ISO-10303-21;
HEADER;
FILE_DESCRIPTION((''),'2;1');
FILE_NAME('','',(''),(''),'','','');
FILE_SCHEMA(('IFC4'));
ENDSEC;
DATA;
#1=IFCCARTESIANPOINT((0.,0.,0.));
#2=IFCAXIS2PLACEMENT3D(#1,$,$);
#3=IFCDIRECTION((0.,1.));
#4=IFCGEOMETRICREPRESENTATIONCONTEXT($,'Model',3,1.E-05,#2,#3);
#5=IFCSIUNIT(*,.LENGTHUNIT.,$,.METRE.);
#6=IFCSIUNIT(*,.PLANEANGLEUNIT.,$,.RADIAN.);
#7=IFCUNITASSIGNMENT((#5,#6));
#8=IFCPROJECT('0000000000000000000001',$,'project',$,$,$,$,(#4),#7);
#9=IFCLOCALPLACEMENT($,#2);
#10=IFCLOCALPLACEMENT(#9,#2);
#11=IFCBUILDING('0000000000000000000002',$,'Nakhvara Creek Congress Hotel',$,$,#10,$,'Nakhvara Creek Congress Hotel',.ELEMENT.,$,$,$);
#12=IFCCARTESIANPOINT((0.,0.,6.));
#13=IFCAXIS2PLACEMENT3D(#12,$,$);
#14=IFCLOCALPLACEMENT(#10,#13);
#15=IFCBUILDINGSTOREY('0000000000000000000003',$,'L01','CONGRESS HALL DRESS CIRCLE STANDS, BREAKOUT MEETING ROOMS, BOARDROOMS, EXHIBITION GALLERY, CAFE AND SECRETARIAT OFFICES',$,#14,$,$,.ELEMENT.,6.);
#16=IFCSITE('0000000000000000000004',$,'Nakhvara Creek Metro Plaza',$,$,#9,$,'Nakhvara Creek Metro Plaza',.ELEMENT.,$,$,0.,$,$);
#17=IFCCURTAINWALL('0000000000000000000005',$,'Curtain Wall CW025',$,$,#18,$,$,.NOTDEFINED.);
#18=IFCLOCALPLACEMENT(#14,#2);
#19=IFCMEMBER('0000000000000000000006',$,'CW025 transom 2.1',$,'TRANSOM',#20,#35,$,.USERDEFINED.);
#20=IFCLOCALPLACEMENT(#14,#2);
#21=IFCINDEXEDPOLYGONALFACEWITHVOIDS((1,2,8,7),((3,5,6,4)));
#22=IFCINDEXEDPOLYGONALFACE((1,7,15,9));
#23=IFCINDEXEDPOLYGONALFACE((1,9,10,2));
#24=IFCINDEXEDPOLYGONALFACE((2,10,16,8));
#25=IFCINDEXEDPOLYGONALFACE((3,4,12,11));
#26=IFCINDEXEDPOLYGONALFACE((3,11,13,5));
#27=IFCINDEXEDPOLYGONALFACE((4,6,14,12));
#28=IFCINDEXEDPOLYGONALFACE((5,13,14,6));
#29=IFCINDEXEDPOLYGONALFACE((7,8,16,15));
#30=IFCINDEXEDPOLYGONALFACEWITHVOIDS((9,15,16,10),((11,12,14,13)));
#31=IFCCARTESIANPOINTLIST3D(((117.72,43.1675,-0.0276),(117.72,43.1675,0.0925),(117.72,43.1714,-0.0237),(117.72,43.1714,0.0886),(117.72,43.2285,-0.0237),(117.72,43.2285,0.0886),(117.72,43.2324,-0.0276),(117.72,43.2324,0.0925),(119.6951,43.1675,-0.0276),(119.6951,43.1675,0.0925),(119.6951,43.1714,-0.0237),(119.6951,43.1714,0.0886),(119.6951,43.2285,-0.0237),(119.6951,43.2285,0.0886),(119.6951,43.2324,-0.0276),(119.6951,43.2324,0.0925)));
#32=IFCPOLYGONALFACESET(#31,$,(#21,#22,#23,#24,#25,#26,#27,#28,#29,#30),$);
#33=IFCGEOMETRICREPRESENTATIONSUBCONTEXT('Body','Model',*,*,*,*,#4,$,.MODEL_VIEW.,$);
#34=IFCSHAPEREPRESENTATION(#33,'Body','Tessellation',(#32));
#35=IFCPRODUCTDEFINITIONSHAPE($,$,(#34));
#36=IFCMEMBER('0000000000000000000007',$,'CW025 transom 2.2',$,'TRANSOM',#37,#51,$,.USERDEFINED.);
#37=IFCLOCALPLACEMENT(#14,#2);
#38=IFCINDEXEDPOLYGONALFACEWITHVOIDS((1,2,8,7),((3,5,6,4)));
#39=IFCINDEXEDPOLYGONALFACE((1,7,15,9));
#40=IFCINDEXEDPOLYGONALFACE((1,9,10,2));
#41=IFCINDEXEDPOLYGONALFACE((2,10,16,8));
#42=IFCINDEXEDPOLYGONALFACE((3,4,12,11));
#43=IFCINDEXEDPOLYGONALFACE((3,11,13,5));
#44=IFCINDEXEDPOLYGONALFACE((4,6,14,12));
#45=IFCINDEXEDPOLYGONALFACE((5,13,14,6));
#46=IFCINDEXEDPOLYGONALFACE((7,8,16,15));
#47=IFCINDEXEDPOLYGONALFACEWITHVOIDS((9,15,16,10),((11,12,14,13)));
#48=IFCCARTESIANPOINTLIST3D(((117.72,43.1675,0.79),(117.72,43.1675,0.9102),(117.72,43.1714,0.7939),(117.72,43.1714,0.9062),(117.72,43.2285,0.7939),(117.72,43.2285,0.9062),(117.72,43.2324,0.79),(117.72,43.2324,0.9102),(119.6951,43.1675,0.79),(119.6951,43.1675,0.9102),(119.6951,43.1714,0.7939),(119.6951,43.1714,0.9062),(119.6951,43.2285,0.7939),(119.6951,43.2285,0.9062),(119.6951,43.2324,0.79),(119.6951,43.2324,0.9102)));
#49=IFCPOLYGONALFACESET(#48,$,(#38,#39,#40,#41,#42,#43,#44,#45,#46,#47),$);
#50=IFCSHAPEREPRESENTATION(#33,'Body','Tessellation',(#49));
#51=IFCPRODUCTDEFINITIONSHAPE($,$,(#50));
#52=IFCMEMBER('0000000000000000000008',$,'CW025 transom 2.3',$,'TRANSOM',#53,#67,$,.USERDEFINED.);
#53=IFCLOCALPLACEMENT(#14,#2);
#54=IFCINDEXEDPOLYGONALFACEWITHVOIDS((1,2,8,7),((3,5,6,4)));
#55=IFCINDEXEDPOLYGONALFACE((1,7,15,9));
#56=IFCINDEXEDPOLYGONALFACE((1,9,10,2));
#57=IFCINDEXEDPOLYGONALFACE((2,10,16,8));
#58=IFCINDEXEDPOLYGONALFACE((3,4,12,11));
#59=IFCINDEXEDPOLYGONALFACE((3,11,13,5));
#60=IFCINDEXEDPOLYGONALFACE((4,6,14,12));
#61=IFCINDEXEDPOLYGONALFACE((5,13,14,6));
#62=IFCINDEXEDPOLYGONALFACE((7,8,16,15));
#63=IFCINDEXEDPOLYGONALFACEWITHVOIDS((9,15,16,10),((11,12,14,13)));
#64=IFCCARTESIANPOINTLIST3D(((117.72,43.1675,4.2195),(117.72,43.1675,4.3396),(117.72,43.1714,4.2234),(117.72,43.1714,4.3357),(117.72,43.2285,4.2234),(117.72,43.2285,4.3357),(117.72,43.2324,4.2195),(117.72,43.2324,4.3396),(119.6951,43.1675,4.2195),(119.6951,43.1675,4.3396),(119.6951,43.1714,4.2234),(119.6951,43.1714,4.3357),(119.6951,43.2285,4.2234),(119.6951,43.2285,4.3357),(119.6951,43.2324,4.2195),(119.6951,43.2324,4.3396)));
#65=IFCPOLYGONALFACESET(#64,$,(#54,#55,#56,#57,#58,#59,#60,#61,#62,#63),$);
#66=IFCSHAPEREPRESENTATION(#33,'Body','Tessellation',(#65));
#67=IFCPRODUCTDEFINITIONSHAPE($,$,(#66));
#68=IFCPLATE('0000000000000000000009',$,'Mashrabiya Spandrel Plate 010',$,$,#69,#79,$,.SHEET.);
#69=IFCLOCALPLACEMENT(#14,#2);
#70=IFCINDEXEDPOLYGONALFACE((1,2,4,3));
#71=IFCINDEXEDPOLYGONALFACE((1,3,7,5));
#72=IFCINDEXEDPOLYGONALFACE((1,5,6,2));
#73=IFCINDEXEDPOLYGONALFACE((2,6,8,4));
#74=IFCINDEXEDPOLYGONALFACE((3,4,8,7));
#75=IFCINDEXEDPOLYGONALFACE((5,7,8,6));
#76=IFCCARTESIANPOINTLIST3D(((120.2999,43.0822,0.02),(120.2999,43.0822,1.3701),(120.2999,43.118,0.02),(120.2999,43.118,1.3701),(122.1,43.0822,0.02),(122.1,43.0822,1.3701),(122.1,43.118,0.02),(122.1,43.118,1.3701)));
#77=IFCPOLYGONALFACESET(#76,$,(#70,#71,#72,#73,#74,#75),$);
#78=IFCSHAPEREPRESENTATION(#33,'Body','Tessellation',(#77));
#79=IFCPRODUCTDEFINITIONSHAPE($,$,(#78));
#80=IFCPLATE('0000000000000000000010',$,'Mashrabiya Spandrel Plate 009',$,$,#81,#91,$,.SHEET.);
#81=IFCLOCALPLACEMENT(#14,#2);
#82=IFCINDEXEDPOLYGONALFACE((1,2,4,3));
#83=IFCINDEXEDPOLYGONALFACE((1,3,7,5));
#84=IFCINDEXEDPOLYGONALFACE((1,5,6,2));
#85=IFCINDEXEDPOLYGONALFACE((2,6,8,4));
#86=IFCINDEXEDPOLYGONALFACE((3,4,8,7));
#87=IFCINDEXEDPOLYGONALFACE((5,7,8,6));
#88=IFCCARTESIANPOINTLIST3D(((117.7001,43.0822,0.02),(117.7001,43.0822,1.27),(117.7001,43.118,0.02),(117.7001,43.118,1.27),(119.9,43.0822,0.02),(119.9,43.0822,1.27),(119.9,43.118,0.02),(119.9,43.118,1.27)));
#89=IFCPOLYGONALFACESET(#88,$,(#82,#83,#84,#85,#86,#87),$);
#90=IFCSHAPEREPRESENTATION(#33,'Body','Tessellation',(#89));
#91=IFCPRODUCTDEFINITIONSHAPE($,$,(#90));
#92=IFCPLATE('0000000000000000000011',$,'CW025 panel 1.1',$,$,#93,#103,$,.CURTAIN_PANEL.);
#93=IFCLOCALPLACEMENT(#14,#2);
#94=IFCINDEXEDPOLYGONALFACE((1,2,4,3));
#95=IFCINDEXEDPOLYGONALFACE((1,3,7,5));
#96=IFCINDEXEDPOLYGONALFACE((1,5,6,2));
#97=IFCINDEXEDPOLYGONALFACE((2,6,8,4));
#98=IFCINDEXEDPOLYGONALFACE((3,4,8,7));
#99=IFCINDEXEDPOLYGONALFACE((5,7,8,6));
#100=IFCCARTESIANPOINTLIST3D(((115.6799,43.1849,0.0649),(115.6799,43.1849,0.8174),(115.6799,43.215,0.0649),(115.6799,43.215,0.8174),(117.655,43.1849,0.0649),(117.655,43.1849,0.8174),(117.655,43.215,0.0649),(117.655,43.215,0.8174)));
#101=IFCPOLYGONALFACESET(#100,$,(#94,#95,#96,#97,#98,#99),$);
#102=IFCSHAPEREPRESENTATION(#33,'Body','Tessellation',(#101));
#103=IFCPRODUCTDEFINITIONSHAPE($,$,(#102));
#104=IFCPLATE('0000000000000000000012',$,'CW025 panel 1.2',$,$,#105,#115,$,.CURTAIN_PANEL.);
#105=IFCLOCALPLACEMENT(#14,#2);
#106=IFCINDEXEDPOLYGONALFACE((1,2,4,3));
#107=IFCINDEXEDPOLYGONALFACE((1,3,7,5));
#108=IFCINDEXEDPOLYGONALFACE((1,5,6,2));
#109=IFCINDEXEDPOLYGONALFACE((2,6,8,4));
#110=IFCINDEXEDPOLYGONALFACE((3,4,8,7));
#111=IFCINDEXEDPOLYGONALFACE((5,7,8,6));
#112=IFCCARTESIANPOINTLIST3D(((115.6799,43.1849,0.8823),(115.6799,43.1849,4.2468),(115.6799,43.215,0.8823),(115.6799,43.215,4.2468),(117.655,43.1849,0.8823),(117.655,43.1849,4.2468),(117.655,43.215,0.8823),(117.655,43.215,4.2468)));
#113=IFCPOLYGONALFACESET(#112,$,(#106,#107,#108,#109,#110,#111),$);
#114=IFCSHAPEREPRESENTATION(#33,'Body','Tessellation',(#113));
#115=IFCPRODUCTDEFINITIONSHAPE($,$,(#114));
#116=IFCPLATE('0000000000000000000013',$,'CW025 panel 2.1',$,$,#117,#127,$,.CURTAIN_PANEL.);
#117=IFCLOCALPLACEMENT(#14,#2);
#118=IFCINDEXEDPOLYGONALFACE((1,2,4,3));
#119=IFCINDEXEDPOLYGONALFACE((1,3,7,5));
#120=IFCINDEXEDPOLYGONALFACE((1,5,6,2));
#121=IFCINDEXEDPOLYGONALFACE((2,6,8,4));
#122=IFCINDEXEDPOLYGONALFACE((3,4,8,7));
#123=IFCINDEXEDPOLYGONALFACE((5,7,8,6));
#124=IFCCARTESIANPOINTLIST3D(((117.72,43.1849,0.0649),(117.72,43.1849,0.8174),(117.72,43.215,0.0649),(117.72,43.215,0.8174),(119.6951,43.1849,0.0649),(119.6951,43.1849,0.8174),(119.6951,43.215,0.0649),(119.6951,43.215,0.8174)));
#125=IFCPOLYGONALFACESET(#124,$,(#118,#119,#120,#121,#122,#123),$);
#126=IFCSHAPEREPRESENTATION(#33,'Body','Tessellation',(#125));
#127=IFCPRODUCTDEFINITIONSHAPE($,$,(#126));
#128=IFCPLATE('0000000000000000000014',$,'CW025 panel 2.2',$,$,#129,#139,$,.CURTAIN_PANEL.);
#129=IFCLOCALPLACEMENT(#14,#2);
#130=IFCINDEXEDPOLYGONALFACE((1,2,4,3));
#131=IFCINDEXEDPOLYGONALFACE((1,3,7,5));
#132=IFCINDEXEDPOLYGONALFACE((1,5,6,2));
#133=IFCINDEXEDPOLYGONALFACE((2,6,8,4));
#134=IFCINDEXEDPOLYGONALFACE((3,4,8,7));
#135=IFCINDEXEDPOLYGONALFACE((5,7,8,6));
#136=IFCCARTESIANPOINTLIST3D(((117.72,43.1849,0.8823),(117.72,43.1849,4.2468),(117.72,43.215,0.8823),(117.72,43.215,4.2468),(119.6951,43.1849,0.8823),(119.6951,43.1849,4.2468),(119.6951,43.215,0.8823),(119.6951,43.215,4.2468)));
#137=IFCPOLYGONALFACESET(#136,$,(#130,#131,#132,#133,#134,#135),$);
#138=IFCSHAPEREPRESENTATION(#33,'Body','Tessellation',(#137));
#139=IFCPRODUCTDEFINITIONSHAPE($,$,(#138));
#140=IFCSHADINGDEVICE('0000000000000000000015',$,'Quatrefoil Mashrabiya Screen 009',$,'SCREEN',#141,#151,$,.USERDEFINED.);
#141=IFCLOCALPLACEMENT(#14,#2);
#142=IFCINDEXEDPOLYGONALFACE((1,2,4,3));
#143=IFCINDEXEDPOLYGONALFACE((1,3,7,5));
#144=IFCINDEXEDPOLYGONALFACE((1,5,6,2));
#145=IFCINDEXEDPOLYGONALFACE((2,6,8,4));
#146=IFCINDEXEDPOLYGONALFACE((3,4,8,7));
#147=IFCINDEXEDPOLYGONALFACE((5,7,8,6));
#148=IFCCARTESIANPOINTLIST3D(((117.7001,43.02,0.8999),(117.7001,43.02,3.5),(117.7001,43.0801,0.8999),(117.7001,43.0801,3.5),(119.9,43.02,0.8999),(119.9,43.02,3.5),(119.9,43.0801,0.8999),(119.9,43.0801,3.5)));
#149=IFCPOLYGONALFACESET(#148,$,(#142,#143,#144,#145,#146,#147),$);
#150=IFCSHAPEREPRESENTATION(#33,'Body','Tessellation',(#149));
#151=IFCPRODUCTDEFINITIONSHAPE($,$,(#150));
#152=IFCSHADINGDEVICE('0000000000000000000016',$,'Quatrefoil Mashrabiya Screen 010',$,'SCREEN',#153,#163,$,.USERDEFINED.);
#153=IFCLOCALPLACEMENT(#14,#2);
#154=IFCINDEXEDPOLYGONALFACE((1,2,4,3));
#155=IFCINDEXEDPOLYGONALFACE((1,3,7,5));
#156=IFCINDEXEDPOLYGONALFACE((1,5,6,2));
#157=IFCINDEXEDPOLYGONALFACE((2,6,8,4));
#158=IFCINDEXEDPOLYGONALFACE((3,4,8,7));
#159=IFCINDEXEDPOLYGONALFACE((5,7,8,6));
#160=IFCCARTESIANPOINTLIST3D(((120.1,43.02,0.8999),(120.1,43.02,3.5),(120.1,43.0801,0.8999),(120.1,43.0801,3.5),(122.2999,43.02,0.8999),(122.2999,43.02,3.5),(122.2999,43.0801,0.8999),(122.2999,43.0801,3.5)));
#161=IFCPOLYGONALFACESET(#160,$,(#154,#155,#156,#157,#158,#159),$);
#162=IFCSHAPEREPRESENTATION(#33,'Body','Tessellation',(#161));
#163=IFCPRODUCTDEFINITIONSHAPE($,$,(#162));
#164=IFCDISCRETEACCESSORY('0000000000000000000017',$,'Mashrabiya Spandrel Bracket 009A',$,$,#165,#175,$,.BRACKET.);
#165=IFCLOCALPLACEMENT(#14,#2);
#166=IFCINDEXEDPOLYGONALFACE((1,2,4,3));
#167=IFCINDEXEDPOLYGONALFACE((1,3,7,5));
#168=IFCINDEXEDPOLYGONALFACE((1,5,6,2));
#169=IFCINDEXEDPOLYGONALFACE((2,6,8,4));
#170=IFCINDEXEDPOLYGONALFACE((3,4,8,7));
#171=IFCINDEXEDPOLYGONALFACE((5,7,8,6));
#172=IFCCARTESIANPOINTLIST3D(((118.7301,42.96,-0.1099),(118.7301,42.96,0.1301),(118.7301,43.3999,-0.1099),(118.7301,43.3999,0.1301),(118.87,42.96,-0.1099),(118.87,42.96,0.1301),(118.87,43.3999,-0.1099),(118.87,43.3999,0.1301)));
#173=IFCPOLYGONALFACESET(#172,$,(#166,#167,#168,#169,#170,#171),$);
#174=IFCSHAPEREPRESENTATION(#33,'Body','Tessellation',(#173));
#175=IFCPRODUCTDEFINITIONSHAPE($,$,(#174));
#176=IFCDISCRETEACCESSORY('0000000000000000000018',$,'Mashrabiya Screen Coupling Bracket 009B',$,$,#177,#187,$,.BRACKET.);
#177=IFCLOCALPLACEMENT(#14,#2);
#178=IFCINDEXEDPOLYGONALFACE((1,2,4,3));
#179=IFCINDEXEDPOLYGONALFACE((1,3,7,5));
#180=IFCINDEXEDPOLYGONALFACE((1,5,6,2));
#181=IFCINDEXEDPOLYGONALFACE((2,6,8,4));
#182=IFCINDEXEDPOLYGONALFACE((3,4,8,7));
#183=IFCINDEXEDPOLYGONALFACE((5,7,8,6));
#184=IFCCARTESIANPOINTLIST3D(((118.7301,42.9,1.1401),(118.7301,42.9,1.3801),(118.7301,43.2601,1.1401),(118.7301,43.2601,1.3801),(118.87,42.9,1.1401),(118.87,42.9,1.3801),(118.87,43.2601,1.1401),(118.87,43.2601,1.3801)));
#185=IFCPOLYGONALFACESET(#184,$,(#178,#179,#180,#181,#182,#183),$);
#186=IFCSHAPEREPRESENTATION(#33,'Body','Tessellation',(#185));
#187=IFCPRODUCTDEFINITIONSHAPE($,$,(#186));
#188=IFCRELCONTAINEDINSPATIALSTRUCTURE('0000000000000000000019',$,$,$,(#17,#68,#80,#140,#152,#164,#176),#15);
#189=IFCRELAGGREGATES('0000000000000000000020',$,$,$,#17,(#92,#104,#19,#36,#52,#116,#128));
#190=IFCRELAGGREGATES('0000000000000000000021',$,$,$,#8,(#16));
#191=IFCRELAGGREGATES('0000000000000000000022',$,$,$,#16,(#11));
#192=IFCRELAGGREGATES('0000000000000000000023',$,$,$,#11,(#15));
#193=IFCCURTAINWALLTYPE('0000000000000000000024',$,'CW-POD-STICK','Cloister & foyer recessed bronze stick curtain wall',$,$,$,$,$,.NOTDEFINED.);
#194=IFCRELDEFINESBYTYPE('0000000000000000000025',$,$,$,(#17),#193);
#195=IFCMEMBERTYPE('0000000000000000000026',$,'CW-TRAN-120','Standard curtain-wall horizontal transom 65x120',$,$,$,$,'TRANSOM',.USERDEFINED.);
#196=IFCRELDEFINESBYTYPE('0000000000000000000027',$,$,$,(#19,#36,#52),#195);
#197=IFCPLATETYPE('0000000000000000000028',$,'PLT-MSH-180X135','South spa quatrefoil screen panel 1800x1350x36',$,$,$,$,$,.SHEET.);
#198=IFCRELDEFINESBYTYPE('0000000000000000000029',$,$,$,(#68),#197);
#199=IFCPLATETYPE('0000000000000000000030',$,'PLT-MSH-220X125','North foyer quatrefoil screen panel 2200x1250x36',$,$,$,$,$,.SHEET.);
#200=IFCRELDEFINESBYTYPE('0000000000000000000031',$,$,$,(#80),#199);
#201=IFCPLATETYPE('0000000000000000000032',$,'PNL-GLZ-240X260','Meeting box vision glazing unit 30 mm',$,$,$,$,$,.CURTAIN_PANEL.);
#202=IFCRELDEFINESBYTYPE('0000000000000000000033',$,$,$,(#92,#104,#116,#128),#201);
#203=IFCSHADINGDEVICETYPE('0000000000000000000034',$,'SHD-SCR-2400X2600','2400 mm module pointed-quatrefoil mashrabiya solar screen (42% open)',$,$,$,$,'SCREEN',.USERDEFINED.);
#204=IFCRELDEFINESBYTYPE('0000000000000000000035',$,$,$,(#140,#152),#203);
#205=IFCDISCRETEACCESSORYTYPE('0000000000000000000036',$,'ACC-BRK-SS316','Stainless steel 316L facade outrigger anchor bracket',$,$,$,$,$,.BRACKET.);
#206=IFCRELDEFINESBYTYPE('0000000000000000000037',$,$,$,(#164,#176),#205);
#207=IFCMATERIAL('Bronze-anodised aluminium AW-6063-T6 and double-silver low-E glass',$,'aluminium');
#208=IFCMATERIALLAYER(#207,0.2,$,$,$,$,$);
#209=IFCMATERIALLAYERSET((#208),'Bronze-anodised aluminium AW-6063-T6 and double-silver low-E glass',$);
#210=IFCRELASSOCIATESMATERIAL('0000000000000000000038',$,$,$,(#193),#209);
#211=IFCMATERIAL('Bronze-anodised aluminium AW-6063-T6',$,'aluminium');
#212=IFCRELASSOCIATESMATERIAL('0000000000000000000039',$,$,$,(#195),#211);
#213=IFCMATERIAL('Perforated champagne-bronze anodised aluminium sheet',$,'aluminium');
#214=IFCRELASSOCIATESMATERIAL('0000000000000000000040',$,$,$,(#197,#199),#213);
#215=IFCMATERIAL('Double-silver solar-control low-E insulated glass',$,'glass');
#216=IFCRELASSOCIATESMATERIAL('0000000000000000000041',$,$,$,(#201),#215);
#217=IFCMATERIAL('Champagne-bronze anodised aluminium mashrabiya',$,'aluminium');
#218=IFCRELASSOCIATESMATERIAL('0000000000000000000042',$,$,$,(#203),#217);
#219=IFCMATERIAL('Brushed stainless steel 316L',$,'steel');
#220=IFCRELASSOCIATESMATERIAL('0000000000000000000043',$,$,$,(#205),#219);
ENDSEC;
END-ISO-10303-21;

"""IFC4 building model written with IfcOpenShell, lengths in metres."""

from ifc_helpers import new_model, si_unit, direction, frame, origin, origin_2d, place, context, subcontext, project, spatial, rectangle, hollow_rectangle, extrude, material, layer, layer_set, material_profile, profile_set, type_object, element, aggregate, save


model = new_model("IFC4")

# Units and contexts
model_context = context("Model", 3, precision=1e-05, world=origin(), true_north=direction((0.0, 1.0)))
body_context = subcontext(model_context, "Body", "Model", "MODEL_VIEW")
ifc_project = project(units=[si_unit("LENGTHUNIT", "METRE"), si_unit("PLANEANGLEUNIT", "RADIAN")], contexts=[model_context])

# Site, building, storey
site_placement = place(None, origin())
site = spatial("IfcSite", under=ifc_project, at=site_placement, Name="Nakhvara Creek Metro Plaza", LongName="Nakhvara Creek Metro Plaza", CompositionType="ELEMENT", RefElevation=0.0)
building_placement = place(site_placement, origin())
building = spatial("IfcBuilding", under=site, at=building_placement, Name="Nakhvara Creek Congress Hotel", LongName="Nakhvara Creek Congress Hotel", CompositionType="ELEMENT")
storey_placement = place(building_placement, frame((0.0, 0.0, 6.0)))
storey = spatial("IfcBuildingStorey", under=building, at=storey_placement, Name="L01", Description="CONGRESS HALL DRESS CIRCLE STANDS, BREAKOUT MEETING ROOMS, BOARDROOMS, EXHIBITION GALLERY, CAFE AND SECRETARIAT OFFICES", CompositionType="ELEMENT", Elevation=6.0)

# Curtain wall, members
ifc_material_1 = material(Name="Bronze-anodised aluminium AW-6063-T6 and double-silver low-E glass", Category="aluminium")
ifc_layer = layer(ifc_material_1, 0.2)
ifc_layer_set = layer_set([ifc_layer], Name="Bronze-anodised aluminium AW-6063-T6 and double-silver low-E glass")
curtain_wall_type = type_object("IfcCurtainWallType", Name="CW-POD-STICK", Description="Cloister & foyer recessed bronze stick curtain wall", PredefinedType="NOTDEFINED", material=ifc_layer_set)
curtain_wall_placement = place(storey_placement, origin())
curtain_wall = element("IfcCurtainWall", 1, at=curtain_wall_placement, inside=storey, type_object=curtain_wall_type, Name="Curtain Wall CW025", PredefinedType="NOTDEFINED")
ifc_material_2 = material(Name="Bronze-anodised aluminium AW-6063-T6", Category="aluminium")
ifc_material_profile_1 = material_profile(ifc_material_2, hollow_rectangle(XDim=0.0649, YDim=0.1201, WallThickness=0.0039, at=origin_2d()), Name="ALU-TRAN 65x120x4", Category="LoadBearing")
ifc_profile_set_1 = profile_set([ifc_material_profile_1], Name="Bronze-anodised aluminium AW-6063-T6")
member_type_1 = type_object("IfcMemberType", Name="CW-TRAN-120", Description="Standard curtain-wall horizontal transom 65x120", ElementType="TRANSOM", PredefinedType="USERDEFINED", material=ifc_profile_set_1)
member_1_placement = place(storey_placement, frame((117.72, 43.2, 0.0325), z_axis=(1.0, 0.0, 0.0), x_axis=(0.0, 1.0, 0.0)))
member_1 = element("IfcMember", 2, at=member_1_placement, type_object=member_type_1, Name="CW025 transom 2.1", ObjectType="TRANSOM", PredefinedType="USERDEFINED", context=body_context, shape_type="SweptSolid", body=[
    extrude(hollow_rectangle(XDim=0.0649, YDim=0.1201, WallThickness=0.0039, at=origin_2d()), origin(), (0.0, 0.0, 1.0), 1.9751),
])
member_2_placement = place(storey_placement, frame((117.72, 43.2, 0.8501), z_axis=(1.0, 0.0, 0.0), x_axis=(0.0, 1.0, 0.0)))
member_2 = element("IfcMember", 3, at=member_2_placement, type_object=member_type_1, Name="CW025 transom 2.2", ObjectType="TRANSOM", PredefinedType="USERDEFINED", context=body_context, shape_type="SweptSolid", body=[
    extrude(hollow_rectangle(XDim=0.0649, YDim=0.1201, WallThickness=0.0039, at=origin_2d()), origin(), (0.0, 0.0, 1.0), 1.9751),
])
member_3_placement = place(storey_placement, frame((117.72, 43.2, 4.2795), z_axis=(1.0, 0.0, 0.0), x_axis=(0.0, 1.0, 0.0)))
member_3 = element("IfcMember", 4, at=member_3_placement, type_object=member_type_1, Name="CW025 transom 2.3", ObjectType="TRANSOM", PredefinedType="USERDEFINED", context=body_context, shape_type="SweptSolid", body=[
    extrude(hollow_rectangle(XDim=0.0649, YDim=0.1201, WallThickness=0.0039, at=origin_2d()), origin(), (0.0, 0.0, 1.0), 1.9751),
])

# Plates
ifc_material_3 = material(Name="Perforated champagne-bronze anodised aluminium sheet", Category="aluminium")
plate_type_1 = type_object("IfcPlateType", Name="PLT-MSH-180X135", Description="South spa quatrefoil screen panel 1800x1350x36", PredefinedType="SHEET", material=ifc_material_3)
plate_1_placement = place(storey_placement, frame((121.2, 43.1001, 0.02), z_axis=(0.0, 0.0, 1.0), x_axis=(1.0, 0.0, 0.0)))
element("IfcPlate", 5, at=plate_1_placement, inside=storey, type_object=plate_type_1, Name="Mashrabiya Spandrel Plate 010", PredefinedType="SHEET", context=body_context, shape_type="SweptSolid", body=[
    extrude(rectangle(XDim=1.8, YDim=0.0359, at=origin_2d()), origin(), (0.0, 0.0, 1.0), 1.3501),
])
plate_type_2 = type_object("IfcPlateType", Name="PLT-MSH-220X125", Description="North foyer quatrefoil screen panel 2200x1250x36", PredefinedType="SHEET", material=ifc_material_3)
plate_2_placement = place(storey_placement, frame((118.8, 43.1001, 0.02), z_axis=(0.0, 0.0, 1.0), x_axis=(1.0, 0.0, 0.0)))
element("IfcPlate", 6, at=plate_2_placement, inside=storey, type_object=plate_type_2, Name="Mashrabiya Spandrel Plate 009", PredefinedType="SHEET", context=body_context, shape_type="SweptSolid", body=[
    extrude(rectangle(XDim=2.2, YDim=0.0359, at=origin_2d()), origin(), (0.0, 0.0, 1.0), 1.25),
])

# Plates
ifc_material_4 = material(Name="Double-silver solar-control low-E insulated glass", Category="glass")
plate_type_3 = type_object("IfcPlateType", Name="PNL-GLZ-240X260", Description="Meeting box vision glazing unit 30 mm", PredefinedType="CURTAIN_PANEL", material=ifc_material_4)
plate_3_placement = place(storey_placement, frame((116.6675, 43.2, 0.0649), z_axis=(0.0, 0.0, 1.0), x_axis=(1.0, 0.0, 0.0)))
plate_3 = element("IfcPlate", 7, at=plate_3_placement, type_object=plate_type_3, Name="CW025 panel 1.1", PredefinedType="CURTAIN_PANEL", context=body_context, shape_type="SweptSolid", body=[
    extrude(rectangle(XDim=1.9751, YDim=0.03, at=origin_2d()), origin(), (0.0, 0.0, 1.0), 0.7524),
])
plate_4_placement = place(storey_placement, frame((116.6675, 43.2, 0.8823), z_axis=(0.0, 0.0, 1.0), x_axis=(1.0, 0.0, 0.0)))
plate_4 = element("IfcPlate", 8, at=plate_4_placement, type_object=plate_type_3, Name="CW025 panel 1.2", PredefinedType="CURTAIN_PANEL", context=body_context, shape_type="SweptSolid", body=[
    extrude(rectangle(XDim=1.9751, YDim=0.03, at=origin_2d()), origin(), (0.0, 0.0, 1.0), 3.3645),
])
plate_5_placement = place(storey_placement, frame((118.7075, 43.2, 0.0649), z_axis=(0.0, 0.0, 1.0), x_axis=(1.0, 0.0, 0.0)))
plate_5 = element("IfcPlate", 9, at=plate_5_placement, type_object=plate_type_3, Name="CW025 panel 2.1", PredefinedType="CURTAIN_PANEL", context=body_context, shape_type="SweptSolid", body=[
    extrude(rectangle(XDim=1.9751, YDim=0.03, at=origin_2d()), origin(), (0.0, 0.0, 1.0), 0.7524),
])
plate_6_placement = place(storey_placement, frame((118.7075, 43.2, 0.8823), z_axis=(0.0, 0.0, 1.0), x_axis=(1.0, 0.0, 0.0)))
plate_6 = element("IfcPlate", 10, at=plate_6_placement, type_object=plate_type_3, Name="CW025 panel 2.2", PredefinedType="CURTAIN_PANEL", context=body_context, shape_type="SweptSolid", body=[
    extrude(rectangle(XDim=1.9751, YDim=0.03, at=origin_2d()), origin(), (0.0, 0.0, 1.0), 3.3645),
])
aggregate(curtain_wall, [plate_3, plate_4, member_1, member_2, member_3, plate_5, plate_6])

# Shading devices
ifc_material_5 = material(Name="Champagne-bronze anodised aluminium mashrabiya", Category="aluminium")
shading_device_type = type_object("IfcShadingDeviceType", Name="SHD-SCR-2400X2600", Description="2400 mm module pointed-quatrefoil mashrabiya solar screen (42% open)", ElementType="SCREEN", PredefinedType="USERDEFINED", material=ifc_material_5)
for number, where, z_axis, x_axis, name in (
    (11, (118.8, 43.05, 0.8999), (0.0, 0.0, 1.0), (1.0, 0.0, 0.0), "Quatrefoil Mashrabiya Screen 009"),
    (12, (121.2, 43.05, 0.8999), (0.0, 0.0, 1.0), (1.0, 0.0, 0.0), "Quatrefoil Mashrabiya Screen 010"),
):
    element("IfcShadingDevice", number, at=place(storey_placement, frame(where, z_axis=z_axis, x_axis=x_axis)), inside=storey, type_object=shading_device_type, Name=name, ObjectType="SCREEN", PredefinedType="USERDEFINED", context=body_context, shape_type="SweptSolid", body=[
        extrude(rectangle(XDim=2.2, YDim=0.0601, at=origin_2d()), origin(), (0.0, 0.0, 1.0), 2.6001),
    ])

# Discrete accessories
ifc_material_6 = material(Name="Brushed stainless steel 316L", Category="steel")
discrete_accessory_type = type_object("IfcDiscreteAccessoryType", Name="ACC-BRK-SS316", Description="Stainless steel 316L facade outrigger anchor bracket", PredefinedType="BRACKET", material=ifc_material_6)
discrete_accessory_1_placement = place(storey_placement, frame((118.8, 43.1799, -0.1099), z_axis=(0.0, 0.0, 1.0), x_axis=(1.0, 0.0, 0.0)))
element("IfcDiscreteAccessory", 13, at=discrete_accessory_1_placement, inside=storey, type_object=discrete_accessory_type, Name="Mashrabiya Spandrel Bracket 009A", PredefinedType="BRACKET", context=body_context, shape_type="SweptSolid", body=[
    extrude(rectangle(XDim=0.1399, YDim=0.4399, at=origin_2d()), origin(), (0.0, 0.0, 1.0), 0.24),
])
discrete_accessory_2_placement = place(storey_placement, frame((118.8, 43.0801, 1.1401), z_axis=(0.0, 0.0, 1.0), x_axis=(1.0, 0.0, 0.0)))
element("IfcDiscreteAccessory", 14, at=discrete_accessory_2_placement, inside=storey, type_object=discrete_accessory_type, Name="Mashrabiya Screen Coupling Bracket 009B", PredefinedType="BRACKET", context=body_context, shape_type="SweptSolid", body=[
    extrude(rectangle(XDim=0.1399, YDim=0.3601, at=origin_2d()), origin(), (0.0, 0.0, 1.0), 0.24),
])

save(model, "model.ifc")
